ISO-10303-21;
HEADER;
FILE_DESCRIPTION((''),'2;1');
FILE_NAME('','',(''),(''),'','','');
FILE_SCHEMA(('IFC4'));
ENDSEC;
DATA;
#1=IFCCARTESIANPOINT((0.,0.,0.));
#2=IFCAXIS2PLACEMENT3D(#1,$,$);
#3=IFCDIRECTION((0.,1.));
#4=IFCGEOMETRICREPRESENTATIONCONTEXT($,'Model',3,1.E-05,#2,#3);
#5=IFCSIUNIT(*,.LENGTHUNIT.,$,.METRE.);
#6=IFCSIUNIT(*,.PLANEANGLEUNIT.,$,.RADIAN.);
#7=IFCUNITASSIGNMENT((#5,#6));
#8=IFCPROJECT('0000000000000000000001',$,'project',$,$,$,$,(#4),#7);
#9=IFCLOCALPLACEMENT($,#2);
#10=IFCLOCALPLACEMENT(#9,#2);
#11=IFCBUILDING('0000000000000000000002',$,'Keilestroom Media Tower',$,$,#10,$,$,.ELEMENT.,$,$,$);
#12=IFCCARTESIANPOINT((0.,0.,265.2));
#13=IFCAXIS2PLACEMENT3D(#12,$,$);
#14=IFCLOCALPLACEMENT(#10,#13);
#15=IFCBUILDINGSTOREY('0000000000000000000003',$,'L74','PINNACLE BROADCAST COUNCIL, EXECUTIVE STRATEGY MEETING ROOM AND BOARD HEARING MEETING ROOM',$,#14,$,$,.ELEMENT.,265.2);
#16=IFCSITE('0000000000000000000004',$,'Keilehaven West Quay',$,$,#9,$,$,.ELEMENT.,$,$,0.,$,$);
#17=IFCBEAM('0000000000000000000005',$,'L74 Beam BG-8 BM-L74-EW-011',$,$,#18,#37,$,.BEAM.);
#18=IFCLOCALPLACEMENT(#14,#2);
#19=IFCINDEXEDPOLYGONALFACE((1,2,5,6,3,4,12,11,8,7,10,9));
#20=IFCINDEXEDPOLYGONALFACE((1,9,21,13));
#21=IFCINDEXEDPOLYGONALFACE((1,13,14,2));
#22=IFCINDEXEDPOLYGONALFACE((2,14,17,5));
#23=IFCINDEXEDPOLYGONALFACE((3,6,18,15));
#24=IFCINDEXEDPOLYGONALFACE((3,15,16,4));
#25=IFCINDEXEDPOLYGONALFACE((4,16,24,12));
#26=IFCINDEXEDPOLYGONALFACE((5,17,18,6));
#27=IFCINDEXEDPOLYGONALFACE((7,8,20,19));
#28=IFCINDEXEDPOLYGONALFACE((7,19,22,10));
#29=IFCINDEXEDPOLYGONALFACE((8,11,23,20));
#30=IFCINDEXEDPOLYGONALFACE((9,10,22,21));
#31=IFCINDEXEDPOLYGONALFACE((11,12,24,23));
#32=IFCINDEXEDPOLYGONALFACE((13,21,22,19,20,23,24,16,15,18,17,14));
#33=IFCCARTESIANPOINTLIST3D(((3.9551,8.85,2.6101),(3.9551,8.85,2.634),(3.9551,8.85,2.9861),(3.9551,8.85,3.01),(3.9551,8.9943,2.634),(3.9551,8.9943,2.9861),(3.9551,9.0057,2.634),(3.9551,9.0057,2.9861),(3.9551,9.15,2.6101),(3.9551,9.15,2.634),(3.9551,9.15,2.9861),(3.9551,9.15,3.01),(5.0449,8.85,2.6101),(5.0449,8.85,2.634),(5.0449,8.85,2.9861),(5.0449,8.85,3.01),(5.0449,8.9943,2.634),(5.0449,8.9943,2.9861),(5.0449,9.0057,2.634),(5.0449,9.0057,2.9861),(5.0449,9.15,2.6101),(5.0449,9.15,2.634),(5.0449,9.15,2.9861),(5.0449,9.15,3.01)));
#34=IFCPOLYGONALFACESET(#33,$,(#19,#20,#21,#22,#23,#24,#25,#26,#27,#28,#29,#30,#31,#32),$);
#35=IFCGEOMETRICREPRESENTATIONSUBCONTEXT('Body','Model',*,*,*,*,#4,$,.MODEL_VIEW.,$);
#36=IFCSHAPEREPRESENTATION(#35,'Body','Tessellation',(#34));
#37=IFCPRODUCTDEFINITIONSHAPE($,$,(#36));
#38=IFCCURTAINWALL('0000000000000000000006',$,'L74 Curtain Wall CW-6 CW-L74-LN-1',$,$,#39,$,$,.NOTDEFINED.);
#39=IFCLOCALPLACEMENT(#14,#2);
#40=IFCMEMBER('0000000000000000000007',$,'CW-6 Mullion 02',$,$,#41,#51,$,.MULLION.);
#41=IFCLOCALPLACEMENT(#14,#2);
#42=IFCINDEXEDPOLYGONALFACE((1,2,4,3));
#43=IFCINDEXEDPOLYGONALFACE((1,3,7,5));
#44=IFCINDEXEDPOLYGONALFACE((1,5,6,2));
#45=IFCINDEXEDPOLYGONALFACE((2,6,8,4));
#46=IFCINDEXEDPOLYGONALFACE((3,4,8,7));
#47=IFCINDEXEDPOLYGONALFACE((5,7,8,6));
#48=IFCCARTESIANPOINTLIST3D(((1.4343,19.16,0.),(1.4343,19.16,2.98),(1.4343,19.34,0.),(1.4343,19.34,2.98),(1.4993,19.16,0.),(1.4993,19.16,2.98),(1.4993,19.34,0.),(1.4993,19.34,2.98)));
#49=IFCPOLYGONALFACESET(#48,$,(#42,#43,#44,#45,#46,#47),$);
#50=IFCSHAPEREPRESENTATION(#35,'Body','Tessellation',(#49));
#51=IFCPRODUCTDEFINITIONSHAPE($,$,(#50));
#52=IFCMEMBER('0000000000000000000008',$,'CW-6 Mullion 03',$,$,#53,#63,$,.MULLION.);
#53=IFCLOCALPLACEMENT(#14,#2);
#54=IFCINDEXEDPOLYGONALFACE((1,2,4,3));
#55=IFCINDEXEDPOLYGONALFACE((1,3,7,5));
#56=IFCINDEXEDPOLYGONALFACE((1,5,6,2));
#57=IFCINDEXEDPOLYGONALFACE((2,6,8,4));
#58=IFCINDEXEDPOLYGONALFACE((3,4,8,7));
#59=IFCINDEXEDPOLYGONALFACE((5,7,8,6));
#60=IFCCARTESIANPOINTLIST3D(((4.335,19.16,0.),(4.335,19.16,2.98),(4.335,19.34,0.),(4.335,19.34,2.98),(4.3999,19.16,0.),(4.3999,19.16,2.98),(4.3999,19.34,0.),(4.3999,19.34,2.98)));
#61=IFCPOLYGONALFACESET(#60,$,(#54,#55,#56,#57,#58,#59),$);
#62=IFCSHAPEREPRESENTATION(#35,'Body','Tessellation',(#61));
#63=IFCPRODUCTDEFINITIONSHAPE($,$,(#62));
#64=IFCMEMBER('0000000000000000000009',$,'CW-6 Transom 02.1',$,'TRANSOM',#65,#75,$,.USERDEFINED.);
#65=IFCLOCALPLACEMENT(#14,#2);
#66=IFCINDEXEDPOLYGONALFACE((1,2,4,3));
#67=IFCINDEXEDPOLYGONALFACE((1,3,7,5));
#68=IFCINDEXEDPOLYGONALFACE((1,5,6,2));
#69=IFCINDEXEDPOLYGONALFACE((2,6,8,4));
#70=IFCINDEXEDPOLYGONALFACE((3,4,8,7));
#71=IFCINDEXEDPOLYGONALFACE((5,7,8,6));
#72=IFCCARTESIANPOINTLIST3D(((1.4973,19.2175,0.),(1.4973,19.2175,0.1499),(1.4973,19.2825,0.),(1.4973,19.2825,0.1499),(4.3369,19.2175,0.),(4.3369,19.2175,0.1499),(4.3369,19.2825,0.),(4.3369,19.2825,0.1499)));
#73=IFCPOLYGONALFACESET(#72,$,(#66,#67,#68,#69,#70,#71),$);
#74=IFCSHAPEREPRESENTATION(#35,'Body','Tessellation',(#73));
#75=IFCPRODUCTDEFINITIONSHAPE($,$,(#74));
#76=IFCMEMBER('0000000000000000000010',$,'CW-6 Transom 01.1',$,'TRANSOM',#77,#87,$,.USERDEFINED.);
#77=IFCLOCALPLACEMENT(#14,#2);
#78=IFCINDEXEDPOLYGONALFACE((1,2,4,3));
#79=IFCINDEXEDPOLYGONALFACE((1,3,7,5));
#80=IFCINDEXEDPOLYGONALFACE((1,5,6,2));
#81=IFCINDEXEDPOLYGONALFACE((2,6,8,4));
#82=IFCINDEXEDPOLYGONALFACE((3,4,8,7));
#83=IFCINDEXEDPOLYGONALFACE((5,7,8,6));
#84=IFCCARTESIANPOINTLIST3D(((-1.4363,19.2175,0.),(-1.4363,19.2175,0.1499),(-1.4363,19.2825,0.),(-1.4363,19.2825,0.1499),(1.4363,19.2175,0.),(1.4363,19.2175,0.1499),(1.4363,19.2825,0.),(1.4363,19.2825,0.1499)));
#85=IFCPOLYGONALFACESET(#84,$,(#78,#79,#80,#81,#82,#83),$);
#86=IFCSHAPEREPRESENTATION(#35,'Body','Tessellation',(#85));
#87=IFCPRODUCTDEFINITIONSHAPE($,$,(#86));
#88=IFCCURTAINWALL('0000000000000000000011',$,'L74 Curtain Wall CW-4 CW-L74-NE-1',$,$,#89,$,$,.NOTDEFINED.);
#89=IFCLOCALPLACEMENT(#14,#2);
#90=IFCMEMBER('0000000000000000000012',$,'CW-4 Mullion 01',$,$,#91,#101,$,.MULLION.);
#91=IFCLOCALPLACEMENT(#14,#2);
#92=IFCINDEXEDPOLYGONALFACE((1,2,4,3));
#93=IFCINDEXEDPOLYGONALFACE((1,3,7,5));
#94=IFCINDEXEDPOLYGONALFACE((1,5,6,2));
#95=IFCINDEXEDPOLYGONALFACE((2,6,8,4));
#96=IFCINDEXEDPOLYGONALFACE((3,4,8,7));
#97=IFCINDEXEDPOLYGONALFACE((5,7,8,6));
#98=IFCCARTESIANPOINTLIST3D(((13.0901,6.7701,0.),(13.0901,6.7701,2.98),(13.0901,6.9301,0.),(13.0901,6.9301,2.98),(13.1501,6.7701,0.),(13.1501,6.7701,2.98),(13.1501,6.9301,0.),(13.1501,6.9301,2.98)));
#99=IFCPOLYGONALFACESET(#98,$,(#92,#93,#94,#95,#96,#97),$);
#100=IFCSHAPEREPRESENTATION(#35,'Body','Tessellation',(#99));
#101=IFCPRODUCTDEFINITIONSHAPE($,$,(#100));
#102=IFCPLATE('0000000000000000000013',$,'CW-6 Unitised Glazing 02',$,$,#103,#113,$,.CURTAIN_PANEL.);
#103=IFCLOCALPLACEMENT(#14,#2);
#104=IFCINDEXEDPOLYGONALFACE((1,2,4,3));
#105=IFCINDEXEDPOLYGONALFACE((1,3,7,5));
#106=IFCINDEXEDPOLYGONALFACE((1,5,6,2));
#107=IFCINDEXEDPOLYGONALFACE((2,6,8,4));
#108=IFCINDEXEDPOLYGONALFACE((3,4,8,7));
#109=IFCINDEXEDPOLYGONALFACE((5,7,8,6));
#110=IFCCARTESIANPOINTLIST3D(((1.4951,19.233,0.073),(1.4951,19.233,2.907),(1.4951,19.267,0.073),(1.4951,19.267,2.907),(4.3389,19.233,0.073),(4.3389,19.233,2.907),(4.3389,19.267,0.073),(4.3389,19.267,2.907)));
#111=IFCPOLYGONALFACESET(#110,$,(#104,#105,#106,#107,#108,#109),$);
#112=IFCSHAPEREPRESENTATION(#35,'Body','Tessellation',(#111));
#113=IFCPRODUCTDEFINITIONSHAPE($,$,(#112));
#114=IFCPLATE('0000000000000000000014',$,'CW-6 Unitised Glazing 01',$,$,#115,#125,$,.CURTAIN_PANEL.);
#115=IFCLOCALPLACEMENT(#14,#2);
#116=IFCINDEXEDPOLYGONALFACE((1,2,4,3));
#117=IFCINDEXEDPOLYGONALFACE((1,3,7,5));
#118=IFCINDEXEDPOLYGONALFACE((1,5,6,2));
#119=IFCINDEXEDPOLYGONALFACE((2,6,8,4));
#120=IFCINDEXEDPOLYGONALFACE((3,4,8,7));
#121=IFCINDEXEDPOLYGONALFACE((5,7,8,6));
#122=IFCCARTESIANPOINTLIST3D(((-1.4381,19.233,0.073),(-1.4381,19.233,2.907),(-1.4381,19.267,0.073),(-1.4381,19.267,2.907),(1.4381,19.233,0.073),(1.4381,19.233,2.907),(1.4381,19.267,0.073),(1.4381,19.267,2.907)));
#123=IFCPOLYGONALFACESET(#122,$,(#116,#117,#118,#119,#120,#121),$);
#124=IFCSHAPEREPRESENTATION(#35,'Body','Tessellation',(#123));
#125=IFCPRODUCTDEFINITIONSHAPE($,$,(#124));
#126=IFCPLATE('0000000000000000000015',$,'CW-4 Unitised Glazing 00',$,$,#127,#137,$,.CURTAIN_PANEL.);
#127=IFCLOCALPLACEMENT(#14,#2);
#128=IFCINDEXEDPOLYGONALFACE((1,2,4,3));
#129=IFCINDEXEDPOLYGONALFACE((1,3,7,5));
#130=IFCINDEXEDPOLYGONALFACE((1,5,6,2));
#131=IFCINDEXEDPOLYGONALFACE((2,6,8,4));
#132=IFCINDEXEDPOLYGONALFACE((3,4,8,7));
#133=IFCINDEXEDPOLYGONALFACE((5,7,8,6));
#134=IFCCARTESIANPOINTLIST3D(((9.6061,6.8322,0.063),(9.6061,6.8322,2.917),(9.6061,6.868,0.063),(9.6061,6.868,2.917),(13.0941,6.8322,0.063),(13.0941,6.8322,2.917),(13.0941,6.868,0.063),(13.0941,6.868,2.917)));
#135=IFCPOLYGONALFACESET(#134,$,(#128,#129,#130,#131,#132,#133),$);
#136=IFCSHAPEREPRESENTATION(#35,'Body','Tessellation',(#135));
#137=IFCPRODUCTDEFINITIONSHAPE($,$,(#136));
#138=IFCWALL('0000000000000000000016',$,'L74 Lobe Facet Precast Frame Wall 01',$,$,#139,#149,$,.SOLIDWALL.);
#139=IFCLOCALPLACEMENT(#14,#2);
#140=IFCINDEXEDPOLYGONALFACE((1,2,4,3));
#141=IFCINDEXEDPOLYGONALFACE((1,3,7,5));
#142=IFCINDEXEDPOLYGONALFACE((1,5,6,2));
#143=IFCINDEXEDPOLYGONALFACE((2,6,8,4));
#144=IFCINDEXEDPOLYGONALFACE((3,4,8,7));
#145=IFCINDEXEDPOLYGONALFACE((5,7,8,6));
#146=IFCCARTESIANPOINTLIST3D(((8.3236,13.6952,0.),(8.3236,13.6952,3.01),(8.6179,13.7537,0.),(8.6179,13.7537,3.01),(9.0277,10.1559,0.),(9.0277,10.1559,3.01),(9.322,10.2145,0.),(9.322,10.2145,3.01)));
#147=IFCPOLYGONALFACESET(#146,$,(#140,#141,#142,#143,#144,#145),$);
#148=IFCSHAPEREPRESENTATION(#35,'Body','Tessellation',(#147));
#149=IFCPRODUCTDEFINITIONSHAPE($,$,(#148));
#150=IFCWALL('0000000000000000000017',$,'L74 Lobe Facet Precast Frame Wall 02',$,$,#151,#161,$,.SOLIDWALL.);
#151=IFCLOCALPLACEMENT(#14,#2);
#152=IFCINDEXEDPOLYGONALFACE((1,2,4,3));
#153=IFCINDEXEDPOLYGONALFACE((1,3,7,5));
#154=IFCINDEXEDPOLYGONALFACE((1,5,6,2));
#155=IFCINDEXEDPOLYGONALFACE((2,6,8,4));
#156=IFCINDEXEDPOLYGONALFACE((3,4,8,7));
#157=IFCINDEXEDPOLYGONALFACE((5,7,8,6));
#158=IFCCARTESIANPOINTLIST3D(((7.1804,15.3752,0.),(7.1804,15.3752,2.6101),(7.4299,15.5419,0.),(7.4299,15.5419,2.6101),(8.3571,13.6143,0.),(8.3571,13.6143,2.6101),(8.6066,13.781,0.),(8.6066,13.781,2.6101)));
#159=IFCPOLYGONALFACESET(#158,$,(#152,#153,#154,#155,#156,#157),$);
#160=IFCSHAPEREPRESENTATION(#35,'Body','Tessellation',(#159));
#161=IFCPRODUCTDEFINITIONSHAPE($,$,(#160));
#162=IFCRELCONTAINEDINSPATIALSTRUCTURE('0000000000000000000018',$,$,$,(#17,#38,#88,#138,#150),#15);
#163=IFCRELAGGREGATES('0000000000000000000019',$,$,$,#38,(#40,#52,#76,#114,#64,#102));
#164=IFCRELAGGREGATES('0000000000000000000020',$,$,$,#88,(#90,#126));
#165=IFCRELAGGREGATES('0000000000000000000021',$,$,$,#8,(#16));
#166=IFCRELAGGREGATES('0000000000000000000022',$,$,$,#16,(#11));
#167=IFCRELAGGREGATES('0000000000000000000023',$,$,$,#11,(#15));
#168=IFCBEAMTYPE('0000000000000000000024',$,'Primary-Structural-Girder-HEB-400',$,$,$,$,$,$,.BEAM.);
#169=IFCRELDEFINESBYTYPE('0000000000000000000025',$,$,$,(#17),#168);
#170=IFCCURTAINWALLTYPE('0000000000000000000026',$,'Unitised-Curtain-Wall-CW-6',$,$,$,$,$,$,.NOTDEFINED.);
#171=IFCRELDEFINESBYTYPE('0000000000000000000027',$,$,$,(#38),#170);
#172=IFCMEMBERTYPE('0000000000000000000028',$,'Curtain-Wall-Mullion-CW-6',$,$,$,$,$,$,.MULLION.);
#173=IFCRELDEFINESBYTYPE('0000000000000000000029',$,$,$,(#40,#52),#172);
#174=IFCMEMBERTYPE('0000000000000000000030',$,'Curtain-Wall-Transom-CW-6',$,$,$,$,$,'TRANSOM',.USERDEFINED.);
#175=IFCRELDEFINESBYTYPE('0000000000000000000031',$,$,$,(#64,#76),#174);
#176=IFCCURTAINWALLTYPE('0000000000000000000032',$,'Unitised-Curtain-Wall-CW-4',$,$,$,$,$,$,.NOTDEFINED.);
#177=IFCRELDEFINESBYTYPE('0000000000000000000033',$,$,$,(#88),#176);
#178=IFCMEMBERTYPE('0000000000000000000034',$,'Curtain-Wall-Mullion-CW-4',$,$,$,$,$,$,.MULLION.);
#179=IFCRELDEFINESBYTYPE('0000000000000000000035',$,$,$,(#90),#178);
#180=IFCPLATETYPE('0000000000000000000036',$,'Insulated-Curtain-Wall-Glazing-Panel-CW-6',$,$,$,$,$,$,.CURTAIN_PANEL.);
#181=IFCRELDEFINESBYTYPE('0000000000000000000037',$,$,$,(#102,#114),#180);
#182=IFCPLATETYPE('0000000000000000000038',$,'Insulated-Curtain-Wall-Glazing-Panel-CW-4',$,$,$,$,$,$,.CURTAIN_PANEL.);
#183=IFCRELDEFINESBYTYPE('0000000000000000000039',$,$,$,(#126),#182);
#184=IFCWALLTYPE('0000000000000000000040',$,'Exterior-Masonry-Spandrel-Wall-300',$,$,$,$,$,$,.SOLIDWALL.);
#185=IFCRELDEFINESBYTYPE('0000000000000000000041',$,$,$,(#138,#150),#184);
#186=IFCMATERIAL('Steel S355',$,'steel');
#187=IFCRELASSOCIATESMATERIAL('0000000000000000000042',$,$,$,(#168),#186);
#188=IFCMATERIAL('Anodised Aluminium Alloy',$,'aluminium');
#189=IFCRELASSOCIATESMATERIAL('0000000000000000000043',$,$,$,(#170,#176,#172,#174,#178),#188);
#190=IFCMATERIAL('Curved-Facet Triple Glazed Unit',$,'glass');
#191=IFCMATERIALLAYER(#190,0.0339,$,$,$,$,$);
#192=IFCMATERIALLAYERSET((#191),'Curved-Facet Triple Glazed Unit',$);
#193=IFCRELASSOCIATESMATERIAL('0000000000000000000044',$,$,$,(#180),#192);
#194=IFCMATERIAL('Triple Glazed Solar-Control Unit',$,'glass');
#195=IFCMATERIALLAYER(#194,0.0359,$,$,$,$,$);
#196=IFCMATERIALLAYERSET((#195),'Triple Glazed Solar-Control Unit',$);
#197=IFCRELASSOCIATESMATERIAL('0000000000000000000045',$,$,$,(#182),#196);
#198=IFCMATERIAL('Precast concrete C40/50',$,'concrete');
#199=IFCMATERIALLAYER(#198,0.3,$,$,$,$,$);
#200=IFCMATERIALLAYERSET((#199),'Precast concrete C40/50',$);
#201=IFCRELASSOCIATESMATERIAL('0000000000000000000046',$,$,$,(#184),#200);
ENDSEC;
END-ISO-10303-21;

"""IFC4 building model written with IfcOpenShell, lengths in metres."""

from ifc_helpers import new_model, si_unit, direction, frame, frame_2d, origin, origin_2d, place, context, subcontext, project, spatial, rectangle, i_section, extrude, source, transform, mapped, material, layer, layer_set, material_profile, profile_set, type_object, element, aggregate, save


model = new_model("IFC4")

# Units and contexts
model_context = context("Model", 3, precision=1e-05, world=origin(), true_north=direction((0.0, 1.0)))
body_context = subcontext(model_context, "Body", "Model", "MODEL_VIEW")
ifc_project = project(units=[si_unit("LENGTHUNIT", "METRE"), si_unit("PLANEANGLEUNIT", "RADIAN")], contexts=[model_context])

# Site, building, storey
site_placement = place(None, origin())
site = spatial("IfcSite", under=ifc_project, at=site_placement, Name="Keilehaven West Quay", CompositionType="ELEMENT", RefElevation=0.0)
building_placement = place(site_placement, origin())
building = spatial("IfcBuilding", under=site, at=building_placement, Name="Keilestroom Media Tower", CompositionType="ELEMENT")
storey_placement = place(building_placement, frame((0.0, 0.0, 265.2)))
storey = spatial("IfcBuildingStorey", under=building, at=storey_placement, Name="L74", Description="PINNACLE BROADCAST COUNCIL, EXECUTIVE STRATEGY MEETING ROOM AND BOARD HEARING MEETING ROOM", CompositionType="ELEMENT", Elevation=265.2)

# Shared definitions
ifc_material_1 = material(Name="Steel S355", Category="steel")

# Beam
ifc_material_profile_1 = material_profile(ifc_material_1, i_section(OverallWidth=0.3, OverallDepth=0.3999, WebThickness=0.0115, FlangeThickness=0.0239, at=origin_2d()), Name="HEB 400")
ifc_profile_set_1 = profile_set([ifc_material_profile_1], Name="Steel S355")
beam_type = type_object("IfcBeamType", Name="Primary-Structural-Girder-HEB-400", PredefinedType="BEAM", material=ifc_profile_set_1)
shared_shape_1 = source(origin(), body_context, "Body", "SweptSolid", [
    extrude(i_section(OverallWidth=0.3, OverallDepth=0.3999, WebThickness=0.0115, FlangeThickness=0.0239, at=origin_2d()), origin(), (0.0, 0.0, 1.0), 1.0898),
])
beam_1_placement = place(storey_placement, frame((3.9551, 9.0, 2.8101), z_axis=(1.0, 0.0, 0.0), x_axis=(0.0, 1.0, 0.0)))
element("IfcBeam", 1, at=beam_1_placement, inside=storey, type_object=beam_type, Name="L74 Beam BG-8 BM-L74-EW-011", PredefinedType="BEAM", context=body_context, shape_type="MappedRepresentation", body=[
    mapped(shared_shape_1, transform((0.0, 0.0, 0.0), x_axis=(1.0, 0.0, 0.0), y_axis=(0.0, 1.0, 0.0), z_axis=(0.0, 0.0, 1.0), scale=1.0)),
])

# Curtain wall, members
ifc_material_2 = material(Name="Anodised Aluminium Alloy", Category="aluminium")
curtain_wall_type_1 = type_object("IfcCurtainWallType", Name="Unitised-Curtain-Wall-CW-6", PredefinedType="NOTDEFINED", material=ifc_material_2)
curtain_wall_1_placement = place(storey_placement, origin())
curtain_wall_1 = element("IfcCurtainWall", 2, at=curtain_wall_1_placement, inside=storey, type_object=curtain_wall_type_1, Name="L74 Curtain Wall CW-6 CW-L74-LN-1", PredefinedType="NOTDEFINED")
ifc_material_profile_2 = material_profile(ifc_material_2, rectangle(XDim=0.0649, YDim=0.1799, at=origin_2d()), Name="ALU MULLION 65x180")
ifc_profile_set_2 = profile_set([ifc_material_profile_2], Name="Anodised Aluminium Alloy")
member_type_1 = type_object("IfcMemberType", Name="Curtain-Wall-Mullion-CW-6", PredefinedType="MULLION", material=ifc_profile_set_2)
shared_shape_2 = source(origin(), body_context, "Body", "SweptSolid", [
    extrude(rectangle(XDim=0.0649, YDim=0.1799, at=origin_2d()), origin(), (0.0, 0.0, 1.0), 2.98),
])
member_1_placement = place(storey_placement, frame((1.4668, 19.25, 0.0), z_axis=(0.0, 0.0, 1.0), x_axis=(1.0, 0.0, 0.0)))
member_1 = element("IfcMember", 3, at=member_1_placement, type_object=member_type_1, Name="CW-6 Mullion 02", PredefinedType="MULLION", context=body_context, shape_type="MappedRepresentation", body=[
    mapped(shared_shape_2, transform((0.0, 0.0, 0.0), x_axis=(1.0, 0.0, 0.0), y_axis=(0.0, 1.0, 0.0), z_axis=(0.0, 0.0, 1.0), scale=1.0)),
])
member_2_placement = place(storey_placement, frame((4.3674, 19.25, 0.0), z_axis=(0.0, 0.0, 1.0), x_axis=(1.0, 0.0, 0.0)))
member_2 = element("IfcMember", 4, at=member_2_placement, type_object=member_type_1, Name="CW-6 Mullion 03", PredefinedType="MULLION", context=body_context, shape_type="MappedRepresentation", body=[
    mapped(shared_shape_2, transform((0.0, 0.0, 0.0), x_axis=(1.0, 0.0, 0.0), y_axis=(0.0, 1.0, 0.0), z_axis=(0.0, 0.0, 1.0), scale=1.0)),
])
ifc_material_profile_3 = material_profile(ifc_material_2, rectangle(XDim=0.0649, YDim=0.1499, at=origin_2d()), Name="ALU TRANSOM 65x150")
ifc_profile_set_3 = profile_set([ifc_material_profile_3], Name="Anodised Aluminium Alloy")
member_type_2 = type_object("IfcMemberType", Name="Curtain-Wall-Transom-CW-6", ElementType="TRANSOM", PredefinedType="USERDEFINED", material=ifc_profile_set_3)
shared_shape_3 = source(origin(), body_context, "Body", "SweptSolid", [
    extrude(rectangle(XDim=0.0649, YDim=0.1499, at=origin_2d()), origin(), (0.0, 0.0, 1.0), 2.8396),
])
member_3_placement = place(storey_placement, frame((1.4973, 19.25, 0.075), z_axis=(1.0, 0.0, 0.0), x_axis=(0.0, 1.0, 0.0)))
member_3 = element("IfcMember", 5, at=member_3_placement, type_object=member_type_2, Name="CW-6 Transom 02.1", ObjectType="TRANSOM", PredefinedType="USERDEFINED", context=body_context, shape_type="MappedRepresentation", body=[
    mapped(shared_shape_3, transform((0.0, 0.0, 0.0), x_axis=(1.0, 0.0, 0.0), y_axis=(0.0, 1.0, 0.0), z_axis=(0.0, 0.0, 1.0), scale=1.0)),
])
shared_shape_4 = source(origin(), body_context, "Body", "SweptSolid", [
    extrude(rectangle(XDim=0.0649, YDim=0.1499, at=origin_2d()), origin(), (0.0, 0.0, 1.0), 2.8726),
])
member_4_placement = place(storey_placement, frame((-1.4363, 19.25, 0.075), z_axis=(1.0, 0.0, 0.0), x_axis=(0.0, 1.0, 0.0)))
member_4 = element("IfcMember", 6, at=member_4_placement, type_object=member_type_2, Name="CW-6 Transom 01.1", ObjectType="TRANSOM", PredefinedType="USERDEFINED", context=body_context, shape_type="MappedRepresentation", body=[
    mapped(shared_shape_4, transform((0.0, 0.0, 0.0), x_axis=(1.0, 0.0, 0.0), y_axis=(0.0, 1.0, 0.0), z_axis=(0.0, 0.0, 1.0), scale=1.0)),
])

# Curtain wall, member
curtain_wall_type_2 = type_object("IfcCurtainWallType", Name="Unitised-Curtain-Wall-CW-4", PredefinedType="NOTDEFINED", material=ifc_material_2)
curtain_wall_2_placement = place(storey_placement, origin())
curtain_wall_2 = element("IfcCurtainWall", 7, at=curtain_wall_2_placement, inside=storey, type_object=curtain_wall_type_2, Name="L74 Curtain Wall CW-4 CW-L74-NE-1", PredefinedType="NOTDEFINED")
ifc_material_profile_4 = material_profile(ifc_material_2, rectangle(XDim=0.0601, YDim=0.1599, at=origin_2d()), Name="ALU MULLION 60x160")
ifc_profile_set_4 = profile_set([ifc_material_profile_4], Name="Anodised Aluminium Alloy")
member_type_3 = type_object("IfcMemberType", Name="Curtain-Wall-Mullion-CW-4", PredefinedType="MULLION", material=ifc_profile_set_4)
shared_shape_5 = source(origin(), body_context, "Body", "SweptSolid", [
    extrude(rectangle(XDim=0.0601, YDim=0.1599, at=origin_2d()), origin(), (0.0, 0.0, 1.0), 2.98),
])
member_5_placement = place(storey_placement, frame((13.1201, 6.8501, 0.0), z_axis=(0.0, 0.0, 1.0), x_axis=(1.0, 0.0, 0.0)))
member_5 = element("IfcMember", 8, at=member_5_placement, type_object=member_type_3, Name="CW-4 Mullion 01", PredefinedType="MULLION", context=body_context, shape_type="MappedRepresentation", body=[
    mapped(shared_shape_5, transform((0.0, 0.0, 0.0), x_axis=(1.0, 0.0, 0.0), y_axis=(0.0, 1.0, 0.0), z_axis=(0.0, 0.0, 1.0), scale=1.0)),
])

# Plates
ifc_material_3 = material(Name="Curved-Facet Triple Glazed Unit", Category="glass")
ifc_layer_1 = layer(ifc_material_3, 0.0339)
ifc_layer_set_1 = layer_set([ifc_layer_1], Name="Curved-Facet Triple Glazed Unit")
plate_type_1 = type_object("IfcPlateType", Name="Insulated-Curtain-Wall-Glazing-Panel-CW-6", PredefinedType="CURTAIN_PANEL", material=ifc_layer_set_1)
shared_shape_6 = source(origin(), body_context, "Body", "SweptSolid", [
    extrude(rectangle(XDim=2.8438, YDim=0.0339, at=origin_2d()), origin(), (0.0, 0.0, 1.0), 2.834),
])
plate_1_placement = place(storey_placement, frame((2.917, 19.25, 0.073), z_axis=(0.0, 0.0, 1.0), x_axis=(1.0, 0.0, 0.0)))
plate_1 = element("IfcPlate", 9, at=plate_1_placement, type_object=plate_type_1, Name="CW-6 Unitised Glazing 02", PredefinedType="CURTAIN_PANEL", context=body_context, shape_type="MappedRepresentation", body=[
    mapped(shared_shape_6, transform((0.0, 0.0, 0.0), x_axis=(1.0, 0.0, 0.0), y_axis=(0.0, 1.0, 0.0), z_axis=(0.0, 0.0, 1.0), scale=1.0)),
])
shared_shape_7 = source(origin(), body_context, "Body", "SweptSolid", [
    extrude(rectangle(XDim=2.8762, YDim=0.0339, at=origin_2d()), origin(), (0.0, 0.0, 1.0), 2.834),
])
plate_2_placement = place(storey_placement, frame((0.0, 19.25, 0.073), z_axis=(0.0, 0.0, 1.0), x_axis=(1.0, 0.0, 0.0)))
plate_2 = element("IfcPlate", 10, at=plate_2_placement, type_object=plate_type_1, Name="CW-6 Unitised Glazing 01", PredefinedType="CURTAIN_PANEL", context=body_context, shape_type="MappedRepresentation", body=[
    mapped(shared_shape_7, transform((0.0, 0.0, 0.0), x_axis=(1.0, 0.0, 0.0), y_axis=(0.0, 1.0, 0.0), z_axis=(0.0, 0.0, 1.0), scale=1.0)),
])
aggregate(curtain_wall_1, [member_1, member_2, member_4, plate_2, member_3, plate_1])
ifc_material_4 = material(Name="Triple Glazed Solar-Control Unit", Category="glass")
ifc_layer_2 = layer(ifc_material_4, 0.0359)
ifc_layer_set_2 = layer_set([ifc_layer_2], Name="Triple Glazed Solar-Control Unit")
plate_type_2 = type_object("IfcPlateType", Name="Insulated-Curtain-Wall-Glazing-Panel-CW-4", PredefinedType="CURTAIN_PANEL", material=ifc_layer_set_2)
shared_shape_8 = source(origin(), body_context, "Body", "SweptSolid", [
    extrude(rectangle(XDim=3.488, YDim=0.0359, at=origin_2d()), origin(), (0.0, 0.0, 1.0), 2.854),
])
plate_3_placement = place(storey_placement, frame((11.3501, 6.8501, 0.063), z_axis=(0.0, 0.0, 1.0), x_axis=(1.0, 0.0, 0.0)))
plate_3 = element("IfcPlate", 11, at=plate_3_placement, type_object=plate_type_2, Name="CW-4 Unitised Glazing 00", PredefinedType="CURTAIN_PANEL", context=body_context, shape_type="MappedRepresentation", body=[
    mapped(shared_shape_8, transform((0.0, 0.0, 0.0), x_axis=(1.0, 0.0, 0.0), y_axis=(0.0, 1.0, 0.0), z_axis=(0.0, 0.0, 1.0), scale=1.0)),
])
aggregate(curtain_wall_2, [member_5, plate_3])

# Walls
ifc_material_5 = material(Name="Precast concrete C40/50", Category="concrete")
ifc_layer_3 = layer(ifc_material_5, 0.3)
ifc_layer_set_3 = layer_set([ifc_layer_3], Name="Precast concrete C40/50")
wall_type_1 = type_object("IfcWallType", Name="Exterior-Masonry-Spandrel-Wall-300", PredefinedType="SOLIDWALL", material=ifc_layer_set_3)
wall_1_placement = place(storey_placement, frame((9.1748, 10.1853, 0.0), z_axis=(0.0, 0.0, 1.0), x_axis=(-0.195114, 0.980781, 0.0)))
element("IfcWall", 12, at=wall_1_placement, inside=storey, type_object=wall_type_1, Name="L74 Lobe Facet Precast Frame Wall 01", PredefinedType="SOLIDWALL", context=body_context, shape_type="SweptSolid", body=[
    extrude(rectangle(XDim=3.6086, YDim=0.3, at=frame_2d((1.8042, 0.0))), origin(), (0.0, 0.0, 1.0), 3.01),
])
wall_2_placement = place(storey_placement, frame((8.4819, 13.6975, 0.0), z_axis=(0.0, 0.0, 1.0), x_axis=(-0.555604, 0.831447, 0.0)))
element("IfcWall", 13, at=wall_2_placement, inside=storey, type_object=wall_type_1, Name="L74 Lobe Facet Precast Frame Wall 02", PredefinedType="SOLIDWALL", context=body_context, shape_type="SweptSolid", body=[
    extrude(rectangle(XDim=2.1179, YDim=0.3, at=frame_2d((1.0591, 0.0))), origin(), (0.0, 0.0, 1.0), 2.6101),
])

save(model, "model.ifc")
